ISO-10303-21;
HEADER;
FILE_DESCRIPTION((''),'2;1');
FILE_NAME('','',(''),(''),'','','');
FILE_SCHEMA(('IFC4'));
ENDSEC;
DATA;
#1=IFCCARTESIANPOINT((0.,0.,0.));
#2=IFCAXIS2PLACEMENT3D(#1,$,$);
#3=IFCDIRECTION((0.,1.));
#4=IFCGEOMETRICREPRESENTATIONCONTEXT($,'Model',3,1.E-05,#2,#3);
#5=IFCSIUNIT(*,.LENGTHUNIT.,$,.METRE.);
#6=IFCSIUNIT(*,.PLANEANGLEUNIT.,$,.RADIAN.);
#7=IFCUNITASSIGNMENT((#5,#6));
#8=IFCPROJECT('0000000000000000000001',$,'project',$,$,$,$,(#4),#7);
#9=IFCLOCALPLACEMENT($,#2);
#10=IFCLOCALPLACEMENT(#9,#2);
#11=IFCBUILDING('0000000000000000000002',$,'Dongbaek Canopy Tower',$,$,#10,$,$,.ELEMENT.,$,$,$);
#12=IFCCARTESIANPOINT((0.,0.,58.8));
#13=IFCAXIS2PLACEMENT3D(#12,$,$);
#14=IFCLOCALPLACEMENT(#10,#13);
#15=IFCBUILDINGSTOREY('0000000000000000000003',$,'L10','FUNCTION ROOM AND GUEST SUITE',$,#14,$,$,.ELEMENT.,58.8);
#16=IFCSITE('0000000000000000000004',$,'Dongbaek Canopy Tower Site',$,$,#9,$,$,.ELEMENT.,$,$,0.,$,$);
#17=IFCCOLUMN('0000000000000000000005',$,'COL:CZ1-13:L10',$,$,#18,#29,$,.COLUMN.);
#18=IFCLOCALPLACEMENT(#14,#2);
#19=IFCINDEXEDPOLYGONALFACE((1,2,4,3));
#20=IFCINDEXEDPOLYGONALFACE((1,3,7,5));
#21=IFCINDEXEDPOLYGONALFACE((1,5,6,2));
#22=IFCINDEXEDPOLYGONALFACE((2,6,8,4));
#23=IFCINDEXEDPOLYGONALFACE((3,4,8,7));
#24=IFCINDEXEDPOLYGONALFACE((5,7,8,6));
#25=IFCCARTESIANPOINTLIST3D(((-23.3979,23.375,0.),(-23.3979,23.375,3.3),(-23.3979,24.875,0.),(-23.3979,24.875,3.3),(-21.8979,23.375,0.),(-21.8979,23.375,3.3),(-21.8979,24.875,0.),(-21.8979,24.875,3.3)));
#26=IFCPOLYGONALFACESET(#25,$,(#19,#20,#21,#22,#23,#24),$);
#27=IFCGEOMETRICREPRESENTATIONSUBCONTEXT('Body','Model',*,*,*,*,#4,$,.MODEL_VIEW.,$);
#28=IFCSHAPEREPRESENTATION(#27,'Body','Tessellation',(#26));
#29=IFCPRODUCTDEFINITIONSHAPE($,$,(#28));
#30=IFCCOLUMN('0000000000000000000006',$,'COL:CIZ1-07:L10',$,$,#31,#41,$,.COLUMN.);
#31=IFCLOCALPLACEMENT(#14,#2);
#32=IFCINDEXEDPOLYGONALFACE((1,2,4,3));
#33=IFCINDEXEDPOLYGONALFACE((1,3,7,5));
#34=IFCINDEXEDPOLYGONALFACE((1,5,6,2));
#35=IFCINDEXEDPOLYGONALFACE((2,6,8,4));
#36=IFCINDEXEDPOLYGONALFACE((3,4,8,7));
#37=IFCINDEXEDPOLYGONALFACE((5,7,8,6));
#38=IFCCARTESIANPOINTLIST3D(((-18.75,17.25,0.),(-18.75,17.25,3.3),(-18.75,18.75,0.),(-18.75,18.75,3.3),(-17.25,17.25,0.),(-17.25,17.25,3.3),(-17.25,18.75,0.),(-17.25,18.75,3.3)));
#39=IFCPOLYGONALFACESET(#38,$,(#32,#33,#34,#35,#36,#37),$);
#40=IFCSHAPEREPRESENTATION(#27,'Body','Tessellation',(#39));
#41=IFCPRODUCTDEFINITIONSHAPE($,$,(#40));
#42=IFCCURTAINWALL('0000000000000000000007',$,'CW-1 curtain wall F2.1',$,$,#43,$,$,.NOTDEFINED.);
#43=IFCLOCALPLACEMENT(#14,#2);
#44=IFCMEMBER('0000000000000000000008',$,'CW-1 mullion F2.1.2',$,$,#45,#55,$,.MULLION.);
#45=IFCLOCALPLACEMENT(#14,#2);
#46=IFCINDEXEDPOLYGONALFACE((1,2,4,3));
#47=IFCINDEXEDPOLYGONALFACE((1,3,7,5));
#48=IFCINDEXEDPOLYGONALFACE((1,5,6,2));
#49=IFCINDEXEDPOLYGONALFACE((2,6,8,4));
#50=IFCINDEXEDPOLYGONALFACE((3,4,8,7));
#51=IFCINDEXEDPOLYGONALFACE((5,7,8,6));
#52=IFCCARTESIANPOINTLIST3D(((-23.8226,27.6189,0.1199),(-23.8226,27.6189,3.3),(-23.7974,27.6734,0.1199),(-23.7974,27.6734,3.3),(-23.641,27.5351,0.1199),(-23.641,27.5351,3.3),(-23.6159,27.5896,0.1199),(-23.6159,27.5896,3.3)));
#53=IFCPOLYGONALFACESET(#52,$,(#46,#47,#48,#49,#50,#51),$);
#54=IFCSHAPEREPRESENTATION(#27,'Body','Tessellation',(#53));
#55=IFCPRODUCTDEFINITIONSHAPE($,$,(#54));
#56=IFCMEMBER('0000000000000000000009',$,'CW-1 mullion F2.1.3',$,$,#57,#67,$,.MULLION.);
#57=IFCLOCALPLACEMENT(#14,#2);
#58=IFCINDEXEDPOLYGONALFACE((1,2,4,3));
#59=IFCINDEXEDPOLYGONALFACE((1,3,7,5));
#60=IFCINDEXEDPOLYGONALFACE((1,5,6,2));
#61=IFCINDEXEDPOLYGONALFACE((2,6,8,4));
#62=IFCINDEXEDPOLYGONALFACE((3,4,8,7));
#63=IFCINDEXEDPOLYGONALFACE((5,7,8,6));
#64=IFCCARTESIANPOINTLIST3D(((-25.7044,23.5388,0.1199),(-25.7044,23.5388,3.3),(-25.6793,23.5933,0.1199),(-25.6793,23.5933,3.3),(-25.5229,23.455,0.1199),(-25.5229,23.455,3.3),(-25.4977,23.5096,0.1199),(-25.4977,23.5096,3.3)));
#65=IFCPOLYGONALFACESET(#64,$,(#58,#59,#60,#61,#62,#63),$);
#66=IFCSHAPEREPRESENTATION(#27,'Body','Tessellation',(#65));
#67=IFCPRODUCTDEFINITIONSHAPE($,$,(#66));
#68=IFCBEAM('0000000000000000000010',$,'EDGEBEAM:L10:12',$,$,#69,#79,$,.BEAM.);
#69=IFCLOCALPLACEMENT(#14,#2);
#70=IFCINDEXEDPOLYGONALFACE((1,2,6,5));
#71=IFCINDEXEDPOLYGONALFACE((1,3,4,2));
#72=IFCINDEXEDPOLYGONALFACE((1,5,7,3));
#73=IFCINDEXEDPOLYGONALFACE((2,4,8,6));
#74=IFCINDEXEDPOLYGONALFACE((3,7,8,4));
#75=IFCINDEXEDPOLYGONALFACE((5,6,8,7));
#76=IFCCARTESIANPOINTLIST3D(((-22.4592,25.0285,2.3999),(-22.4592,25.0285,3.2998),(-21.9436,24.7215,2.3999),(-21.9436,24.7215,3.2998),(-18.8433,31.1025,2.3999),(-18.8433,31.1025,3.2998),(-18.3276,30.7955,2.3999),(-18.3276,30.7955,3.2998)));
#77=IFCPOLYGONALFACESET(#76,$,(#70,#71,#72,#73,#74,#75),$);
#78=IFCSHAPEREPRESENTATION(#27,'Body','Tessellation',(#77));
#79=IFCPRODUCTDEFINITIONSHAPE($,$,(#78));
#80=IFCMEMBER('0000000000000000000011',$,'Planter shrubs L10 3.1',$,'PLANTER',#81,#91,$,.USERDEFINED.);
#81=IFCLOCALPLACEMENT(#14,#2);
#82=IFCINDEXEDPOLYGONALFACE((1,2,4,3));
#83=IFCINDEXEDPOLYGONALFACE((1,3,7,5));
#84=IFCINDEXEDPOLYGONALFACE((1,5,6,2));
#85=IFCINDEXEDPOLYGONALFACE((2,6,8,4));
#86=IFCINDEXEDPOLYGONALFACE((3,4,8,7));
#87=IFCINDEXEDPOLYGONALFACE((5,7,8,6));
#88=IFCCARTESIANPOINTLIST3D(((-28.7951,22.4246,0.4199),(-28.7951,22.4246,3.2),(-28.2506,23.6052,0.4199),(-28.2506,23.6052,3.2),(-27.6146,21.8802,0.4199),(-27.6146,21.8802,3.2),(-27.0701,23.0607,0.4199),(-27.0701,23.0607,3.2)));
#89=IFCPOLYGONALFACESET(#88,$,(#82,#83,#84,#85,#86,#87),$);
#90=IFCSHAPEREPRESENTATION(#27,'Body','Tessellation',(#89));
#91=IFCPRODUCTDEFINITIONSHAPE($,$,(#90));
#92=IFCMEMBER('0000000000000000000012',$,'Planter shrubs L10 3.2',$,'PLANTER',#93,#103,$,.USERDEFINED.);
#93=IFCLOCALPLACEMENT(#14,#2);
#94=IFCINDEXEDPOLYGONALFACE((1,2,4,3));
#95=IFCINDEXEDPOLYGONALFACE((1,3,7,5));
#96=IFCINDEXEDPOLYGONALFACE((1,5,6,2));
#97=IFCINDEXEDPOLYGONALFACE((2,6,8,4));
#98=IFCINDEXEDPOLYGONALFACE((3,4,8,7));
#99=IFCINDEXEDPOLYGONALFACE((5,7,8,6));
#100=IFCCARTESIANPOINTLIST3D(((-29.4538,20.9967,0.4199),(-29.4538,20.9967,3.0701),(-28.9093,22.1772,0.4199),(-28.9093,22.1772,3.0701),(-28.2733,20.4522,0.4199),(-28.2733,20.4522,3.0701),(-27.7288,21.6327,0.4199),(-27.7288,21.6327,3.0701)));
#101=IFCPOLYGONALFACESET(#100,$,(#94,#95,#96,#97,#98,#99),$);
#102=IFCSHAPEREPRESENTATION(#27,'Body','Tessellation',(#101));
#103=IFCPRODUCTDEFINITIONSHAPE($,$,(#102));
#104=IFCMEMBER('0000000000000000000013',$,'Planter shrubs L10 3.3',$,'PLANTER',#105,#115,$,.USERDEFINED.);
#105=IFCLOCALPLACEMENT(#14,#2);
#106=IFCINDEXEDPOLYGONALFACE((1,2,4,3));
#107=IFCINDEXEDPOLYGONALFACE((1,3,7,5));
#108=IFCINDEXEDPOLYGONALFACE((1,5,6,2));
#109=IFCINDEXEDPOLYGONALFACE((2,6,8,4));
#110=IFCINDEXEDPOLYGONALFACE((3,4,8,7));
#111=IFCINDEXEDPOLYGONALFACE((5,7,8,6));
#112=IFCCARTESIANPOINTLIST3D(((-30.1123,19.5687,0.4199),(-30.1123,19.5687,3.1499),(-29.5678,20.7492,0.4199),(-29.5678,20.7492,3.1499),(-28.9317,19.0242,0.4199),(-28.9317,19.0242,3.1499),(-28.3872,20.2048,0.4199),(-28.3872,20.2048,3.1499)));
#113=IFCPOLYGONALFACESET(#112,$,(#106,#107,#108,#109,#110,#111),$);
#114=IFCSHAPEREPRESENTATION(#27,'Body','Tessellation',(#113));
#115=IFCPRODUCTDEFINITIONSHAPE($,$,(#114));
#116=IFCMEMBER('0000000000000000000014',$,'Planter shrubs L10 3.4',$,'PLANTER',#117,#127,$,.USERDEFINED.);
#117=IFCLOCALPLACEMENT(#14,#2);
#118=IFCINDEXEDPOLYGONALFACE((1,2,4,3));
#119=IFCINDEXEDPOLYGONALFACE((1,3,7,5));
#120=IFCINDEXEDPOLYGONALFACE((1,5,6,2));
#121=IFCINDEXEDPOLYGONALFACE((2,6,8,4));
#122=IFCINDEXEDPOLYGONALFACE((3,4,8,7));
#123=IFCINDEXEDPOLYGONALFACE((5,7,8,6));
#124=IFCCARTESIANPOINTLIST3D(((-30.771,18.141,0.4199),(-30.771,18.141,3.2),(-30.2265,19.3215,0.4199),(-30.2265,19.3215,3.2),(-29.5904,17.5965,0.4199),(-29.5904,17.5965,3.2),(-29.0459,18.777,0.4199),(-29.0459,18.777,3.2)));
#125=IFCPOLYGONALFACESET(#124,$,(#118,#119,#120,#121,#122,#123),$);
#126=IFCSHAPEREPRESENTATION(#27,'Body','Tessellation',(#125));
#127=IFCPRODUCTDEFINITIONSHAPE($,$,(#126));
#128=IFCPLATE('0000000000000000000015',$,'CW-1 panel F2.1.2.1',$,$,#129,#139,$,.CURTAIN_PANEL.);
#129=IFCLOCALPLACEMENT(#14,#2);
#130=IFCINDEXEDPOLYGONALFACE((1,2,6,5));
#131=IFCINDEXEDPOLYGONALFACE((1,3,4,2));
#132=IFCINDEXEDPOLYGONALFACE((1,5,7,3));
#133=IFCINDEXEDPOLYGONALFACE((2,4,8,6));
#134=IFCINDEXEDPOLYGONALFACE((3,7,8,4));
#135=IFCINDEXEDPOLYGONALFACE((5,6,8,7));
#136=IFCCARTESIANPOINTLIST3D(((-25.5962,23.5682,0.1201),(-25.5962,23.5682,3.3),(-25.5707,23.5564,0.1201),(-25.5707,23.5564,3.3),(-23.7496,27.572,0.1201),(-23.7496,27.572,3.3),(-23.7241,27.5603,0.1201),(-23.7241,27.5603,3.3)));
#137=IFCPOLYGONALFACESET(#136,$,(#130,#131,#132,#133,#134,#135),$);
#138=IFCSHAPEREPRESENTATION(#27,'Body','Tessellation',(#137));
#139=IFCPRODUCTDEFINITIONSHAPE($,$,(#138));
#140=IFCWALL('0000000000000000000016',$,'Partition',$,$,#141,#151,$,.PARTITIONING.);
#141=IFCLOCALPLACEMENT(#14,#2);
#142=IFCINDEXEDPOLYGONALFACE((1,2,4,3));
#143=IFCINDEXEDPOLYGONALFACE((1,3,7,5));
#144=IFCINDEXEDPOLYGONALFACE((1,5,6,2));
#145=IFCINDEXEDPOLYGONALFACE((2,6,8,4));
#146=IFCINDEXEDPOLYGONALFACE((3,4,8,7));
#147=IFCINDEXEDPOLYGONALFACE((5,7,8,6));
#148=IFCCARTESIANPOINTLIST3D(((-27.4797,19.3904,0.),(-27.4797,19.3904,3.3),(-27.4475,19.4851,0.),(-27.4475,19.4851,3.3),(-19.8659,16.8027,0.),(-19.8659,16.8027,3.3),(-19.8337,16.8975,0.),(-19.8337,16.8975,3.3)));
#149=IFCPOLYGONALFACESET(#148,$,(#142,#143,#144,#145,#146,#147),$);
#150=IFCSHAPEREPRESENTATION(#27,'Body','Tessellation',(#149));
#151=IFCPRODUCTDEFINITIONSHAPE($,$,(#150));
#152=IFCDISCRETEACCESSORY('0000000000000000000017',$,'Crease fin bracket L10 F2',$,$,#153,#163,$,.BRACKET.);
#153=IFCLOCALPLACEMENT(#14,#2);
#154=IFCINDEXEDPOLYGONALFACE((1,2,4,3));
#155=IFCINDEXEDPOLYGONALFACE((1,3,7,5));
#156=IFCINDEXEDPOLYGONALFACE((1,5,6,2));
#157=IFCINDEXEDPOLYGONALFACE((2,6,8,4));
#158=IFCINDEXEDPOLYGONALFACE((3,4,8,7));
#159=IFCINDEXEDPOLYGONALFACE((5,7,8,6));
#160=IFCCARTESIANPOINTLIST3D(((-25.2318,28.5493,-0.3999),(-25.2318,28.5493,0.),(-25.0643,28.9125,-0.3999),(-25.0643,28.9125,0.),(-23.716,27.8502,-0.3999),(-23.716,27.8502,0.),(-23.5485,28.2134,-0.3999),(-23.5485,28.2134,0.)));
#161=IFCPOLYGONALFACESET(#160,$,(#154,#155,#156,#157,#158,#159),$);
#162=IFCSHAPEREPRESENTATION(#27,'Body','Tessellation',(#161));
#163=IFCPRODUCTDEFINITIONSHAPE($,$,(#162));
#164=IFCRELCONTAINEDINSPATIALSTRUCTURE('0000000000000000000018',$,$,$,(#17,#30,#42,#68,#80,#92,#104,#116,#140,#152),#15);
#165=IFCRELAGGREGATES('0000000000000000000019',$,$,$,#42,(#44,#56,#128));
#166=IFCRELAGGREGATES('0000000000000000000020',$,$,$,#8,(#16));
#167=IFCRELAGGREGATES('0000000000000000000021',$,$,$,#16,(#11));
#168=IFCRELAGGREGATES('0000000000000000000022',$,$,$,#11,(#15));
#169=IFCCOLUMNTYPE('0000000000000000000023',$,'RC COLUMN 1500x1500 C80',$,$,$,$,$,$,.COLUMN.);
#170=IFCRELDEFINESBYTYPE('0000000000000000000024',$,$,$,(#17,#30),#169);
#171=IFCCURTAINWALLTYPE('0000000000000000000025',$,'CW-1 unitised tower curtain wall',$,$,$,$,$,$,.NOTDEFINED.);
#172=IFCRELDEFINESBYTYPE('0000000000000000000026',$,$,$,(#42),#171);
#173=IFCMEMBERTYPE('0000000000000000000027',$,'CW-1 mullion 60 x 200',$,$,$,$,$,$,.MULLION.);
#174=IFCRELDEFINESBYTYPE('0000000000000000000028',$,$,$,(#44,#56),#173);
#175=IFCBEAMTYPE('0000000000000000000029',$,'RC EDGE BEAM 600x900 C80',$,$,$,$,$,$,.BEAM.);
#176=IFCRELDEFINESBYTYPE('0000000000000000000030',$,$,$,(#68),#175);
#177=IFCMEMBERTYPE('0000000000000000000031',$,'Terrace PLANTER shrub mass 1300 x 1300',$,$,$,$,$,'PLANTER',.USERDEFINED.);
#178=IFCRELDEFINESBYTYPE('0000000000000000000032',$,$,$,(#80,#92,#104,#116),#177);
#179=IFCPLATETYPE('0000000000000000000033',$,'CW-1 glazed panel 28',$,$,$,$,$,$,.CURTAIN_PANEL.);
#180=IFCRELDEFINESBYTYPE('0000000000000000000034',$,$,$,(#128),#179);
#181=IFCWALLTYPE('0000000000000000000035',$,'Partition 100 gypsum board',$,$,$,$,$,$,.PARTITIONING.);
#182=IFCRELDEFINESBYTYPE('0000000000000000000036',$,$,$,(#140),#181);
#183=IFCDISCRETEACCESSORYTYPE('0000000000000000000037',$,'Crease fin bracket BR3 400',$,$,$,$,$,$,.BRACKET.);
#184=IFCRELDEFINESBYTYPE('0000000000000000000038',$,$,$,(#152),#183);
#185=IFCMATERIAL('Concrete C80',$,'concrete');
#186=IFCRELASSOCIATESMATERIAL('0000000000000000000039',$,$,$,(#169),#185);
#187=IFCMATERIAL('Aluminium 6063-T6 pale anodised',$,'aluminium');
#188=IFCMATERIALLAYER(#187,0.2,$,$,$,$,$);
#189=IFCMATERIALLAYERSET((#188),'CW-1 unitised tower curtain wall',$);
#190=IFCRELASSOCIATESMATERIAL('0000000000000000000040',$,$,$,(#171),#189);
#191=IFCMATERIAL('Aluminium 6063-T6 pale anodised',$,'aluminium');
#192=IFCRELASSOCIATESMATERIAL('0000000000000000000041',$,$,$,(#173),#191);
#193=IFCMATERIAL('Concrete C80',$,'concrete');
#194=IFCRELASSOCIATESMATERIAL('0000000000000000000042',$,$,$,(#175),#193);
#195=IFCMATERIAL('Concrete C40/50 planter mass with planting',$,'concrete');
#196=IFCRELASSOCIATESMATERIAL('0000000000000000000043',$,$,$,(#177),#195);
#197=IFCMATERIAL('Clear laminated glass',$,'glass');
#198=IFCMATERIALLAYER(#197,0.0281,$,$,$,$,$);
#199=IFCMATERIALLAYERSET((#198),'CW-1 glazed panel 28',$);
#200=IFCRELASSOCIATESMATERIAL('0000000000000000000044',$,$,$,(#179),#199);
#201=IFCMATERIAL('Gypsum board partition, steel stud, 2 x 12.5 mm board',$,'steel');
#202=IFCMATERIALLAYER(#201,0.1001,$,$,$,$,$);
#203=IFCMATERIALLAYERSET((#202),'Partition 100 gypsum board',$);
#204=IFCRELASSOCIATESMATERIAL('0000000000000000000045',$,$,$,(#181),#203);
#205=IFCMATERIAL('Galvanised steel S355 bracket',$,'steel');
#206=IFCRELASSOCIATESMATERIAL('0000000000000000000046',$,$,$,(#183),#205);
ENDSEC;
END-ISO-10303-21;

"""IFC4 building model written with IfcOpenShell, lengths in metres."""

from ifc_helpers import new_model, si_unit, direction, frame, frame_2d, origin, origin_2d, place, context, subcontext, project, spatial, rectangle, extrude, material, layer, layer_set, material_profile, profile_set, type_object, element, aggregate, save


model = new_model("IFC4")

# Units and contexts
model_context = context("Model", 3, precision=1e-05, world=origin(), true_north=direction((0.0, 1.0)))
body_context = subcontext(model_context, "Body", "Model", "MODEL_VIEW")
ifc_project = project(units=[si_unit("LENGTHUNIT", "METRE"), si_unit("PLANEANGLEUNIT", "RADIAN")], contexts=[model_context])

# Site, building, storey
site_placement = place(None, origin())
site = spatial("IfcSite", under=ifc_project, at=site_placement, Name="Dongbaek Canopy Tower Site", CompositionType="ELEMENT", RefElevation=0.0)
building_placement = place(site_placement, origin())
building = spatial("IfcBuilding", under=site, at=building_placement, Name="Dongbaek Canopy Tower", CompositionType="ELEMENT")
storey_placement = place(building_placement, frame((0.0, 0.0, 58.8)))
storey = spatial("IfcBuildingStorey", under=building, at=storey_placement, Name="L10", Description="FUNCTION ROOM AND GUEST SUITE", CompositionType="ELEMENT", Elevation=58.8)

# Columns
ifc_material_1 = material(Name="Concrete C80", Category="concrete")
ifc_material_profile_1 = material_profile(ifc_material_1, rectangle(XDim=1.5, YDim=1.5, at=origin_2d()), Name="RC COLUMN 1500x1500 C80")
ifc_profile_set_1 = profile_set([ifc_material_profile_1], Name="Concrete C80")
column_type = type_object("IfcColumnType", Name="RC COLUMN 1500x1500 C80", PredefinedType="COLUMN", material=ifc_profile_set_1)
for number, where, z_axis, x_axis, name in (
    (1, (-22.6479, 24.125, 0.0), (0.0, 0.0, 1.0), (1.0, 0.0, 0.0), "COL:CZ1-13:L10"),
    (2, (-18.0, 18.0, 0.0), (0.0, 0.0, 1.0), (1.0, 0.0, 0.0), "COL:CIZ1-07:L10"),
):
    element("IfcColumn", number, at=place(storey_placement, frame(where, z_axis=z_axis, x_axis=x_axis)), inside=storey, type_object=column_type, Name=name, PredefinedType="COLUMN", context=body_context, shape_type="SweptSolid", body=[
        extrude(rectangle(XDim=1.5, YDim=1.5, at=origin_2d()), origin(), (0.0, 0.0, 1.0), 3.3),
    ])

# Curtain wall, members
ifc_material_2 = material(Name="Aluminium 6063-T6 pale anodised", Category="aluminium")
ifc_layer_1 = layer(ifc_material_2, 0.2)
ifc_layer_set_1 = layer_set([ifc_layer_1], Name="CW-1 unitised tower curtain wall")
curtain_wall_type = type_object("IfcCurtainWallType", Name="CW-1 unitised tower curtain wall", PredefinedType="NOTDEFINED", material=ifc_layer_set_1)
curtain_wall_placement = place(storey_placement, origin())
curtain_wall = element("IfcCurtainWall", 3, at=curtain_wall_placement, inside=storey, type_object=curtain_wall_type, Name="CW-1 curtain wall F2.1", PredefinedType="NOTDEFINED")
ifc_material_3 = material(Name="Aluminium 6063-T6 pale anodised", Category="aluminium")
ifc_material_profile_2 = material_profile(ifc_material_3, rectangle(XDim=0.2, YDim=0.0601, at=origin_2d()), Name="CW-1 mullion 60 x 200")
ifc_profile_set_2 = profile_set([ifc_material_profile_2], Name="Aluminium 6063-T6 pale anodised")
member_type_1 = type_object("IfcMemberType", Name="CW-1 mullion 60 x 200", PredefinedType="MULLION", material=ifc_profile_set_2)
member_1_placement = place(storey_placement, frame((-23.7192, 27.6042, 0.1199), z_axis=(0.0, 0.0, 1.0), x_axis=(-0.908073, 0.418811, 0.0)))
member_1 = element("IfcMember", 4, at=member_1_placement, type_object=member_type_1, Name="CW-1 mullion F2.1.2", PredefinedType="MULLION", context=body_context, shape_type="SweptSolid", body=[
    extrude(rectangle(XDim=0.2, YDim=0.0601, at=origin_2d()), origin(), (0.0, 0.0, 1.0), 3.1802),
])
member_2_placement = place(storey_placement, frame((-25.6011, 23.5242, 0.1199), z_axis=(0.0, 0.0, 1.0), x_axis=(-0.908073, 0.418811, 0.0)))
member_2 = element("IfcMember", 5, at=member_2_placement, type_object=member_type_1, Name="CW-1 mullion F2.1.3", PredefinedType="MULLION", context=body_context, shape_type="SweptSolid", body=[
    extrude(rectangle(XDim=0.2, YDim=0.0601, at=origin_2d()), origin(), (0.0, 0.0, 1.0), 3.1802),
])

# Beam
ifc_material_4 = material(Name="Concrete C80", Category="concrete")
ifc_material_profile_3 = material_profile(ifc_material_4, rectangle(XDim=0.6001, YDim=0.8999, at=origin_2d()), Name="RC EDGE BEAM 600x900 C80")
ifc_profile_set_3 = profile_set([ifc_material_profile_3], Name="Concrete C80")
beam_type = type_object("IfcBeamType", Name="RC EDGE BEAM 600x900 C80", PredefinedType="BEAM", material=ifc_profile_set_3)
beam_placement = place(storey_placement, frame((-22.2014, 24.875, 2.8499), z_axis=(0.511537, 0.859261, 0.0), x_axis=(-0.859261, 0.511537, 0.0)))
element("IfcBeam", 6, at=beam_placement, inside=storey, type_object=beam_type, Name="EDGEBEAM:L10:12", PredefinedType="BEAM", context=body_context, shape_type="SweptSolid", body=[
    extrude(rectangle(XDim=0.6001, YDim=0.8999, at=origin_2d()), origin(), (0.0, 0.0, 1.0), 7.0688),
])

# Members
ifc_material_5 = material(Name="Concrete C40/50 planter mass with planting", Category="concrete")
ifc_material_profile_4 = material_profile(ifc_material_5, rectangle(XDim=1.3, YDim=1.3, at=origin_2d()), Name="Terrace PLANTER shrub mass 1300 x 1300")
ifc_profile_set_4 = profile_set([ifc_material_profile_4], Name="Concrete C40/50 planter mass with planting")
member_type_2 = type_object("IfcMemberType", Name="Terrace PLANTER shrub mass 1300 x 1300", ElementType="PLANTER", PredefinedType="USERDEFINED", material=ifc_profile_set_4)
member_3_placement = place(storey_placement, frame((-27.9326, 22.7427, 0.4199), z_axis=(0.0, 0.0, 1.0), x_axis=(-0.908073, 0.418811, 0.0)))
element("IfcMember", 7, at=member_3_placement, inside=storey, type_object=member_type_2, Name="Planter shrubs L10 3.1", ObjectType="PLANTER", PredefinedType="USERDEFINED", context=body_context, shape_type="SweptSolid", body=[
    extrude(rectangle(XDim=1.3, YDim=1.3, at=origin_2d()), origin(), (0.0, 0.0, 1.0), 2.78),
])
member_4_placement = place(storey_placement, frame((-28.5913, 21.3147, 0.4199), z_axis=(0.0, 0.0, 1.0), x_axis=(-0.908073, 0.418811, 0.0)))
element("IfcMember", 8, at=member_4_placement, inside=storey, type_object=member_type_2, Name="Planter shrubs L10 3.2", ObjectType="PLANTER", PredefinedType="USERDEFINED", context=body_context, shape_type="SweptSolid", body=[
    extrude(rectangle(XDim=1.3, YDim=1.3, at=origin_2d()), origin(), (0.0, 0.0, 1.0), 2.6501),
])
member_5_placement = place(storey_placement, frame((-29.2498, 19.8867, 0.4199), z_axis=(0.0, 0.0, 1.0), x_axis=(-0.908073, 0.418811, 0.0)))
element("IfcMember", 9, at=member_5_placement, inside=storey, type_object=member_type_2, Name="Planter shrubs L10 3.3", ObjectType="PLANTER", PredefinedType="USERDEFINED", context=body_context, shape_type="SweptSolid", body=[
    extrude(rectangle(XDim=1.3, YDim=1.3, at=origin_2d()), origin(), (0.0, 0.0, 1.0), 2.73),
])
member_6_placement = place(storey_placement, frame((-29.9084, 18.459, 0.4199), z_axis=(0.0, 0.0, 1.0), x_axis=(-0.908073, 0.418811, 0.0)))
element("IfcMember", 10, at=member_6_placement, inside=storey, type_object=member_type_2, Name="Planter shrubs L10 3.4", ObjectType="PLANTER", PredefinedType="USERDEFINED", context=body_context, shape_type="SweptSolid", body=[
    extrude(rectangle(XDim=1.3, YDim=1.3, at=origin_2d()), origin(), (0.0, 0.0, 1.0), 2.78),
])

# Plate
ifc_material_6 = material(Name="Clear laminated glass", Category="glass")
ifc_layer_2 = layer(ifc_material_6, 0.0281)
ifc_layer_set_2 = layer_set([ifc_layer_2], Name="CW-1 glazed panel 28")
plate_type = type_object("IfcPlateType", Name="CW-1 glazed panel 28", PredefinedType="CURTAIN_PANEL", material=ifc_layer_set_2)
plate_placement = place(storey_placement, frame((-24.6602, 25.5642, 0.1201), z_axis=(0.0, 0.0, 1.0), x_axis=(-0.418811, -0.908073, 0.0)))
plate = element("IfcPlate", 11, at=plate_placement, type_object=plate_type, Name="CW-1 panel F2.1.2.1", PredefinedType="CURTAIN_PANEL", context=body_context, shape_type="SweptSolid", body=[
    extrude(rectangle(XDim=4.4092, YDim=0.0281, at=origin_2d()), origin(), (0.0, 0.0, 1.0), 3.1799),
])
aggregate(curtain_wall, [member_1, member_2, plate])

# Wall
ifc_material_7 = material(Name="Gypsum board partition, steel stud, 2 x 12.5 mm board", Category="steel")
ifc_layer_3 = layer(ifc_material_7, 0.1001)
ifc_layer_set_3 = layer_set([ifc_layer_3], Name="Partition 100 gypsum board")
wall_type_1 = type_object("IfcWallType", Name="Partition 100 gypsum board", PredefinedType="PARTITIONING", material=ifc_layer_set_3)
wall_1_placement = place(storey_placement, frame((-27.4636, 19.4377, 0.0), z_axis=(0.0, 0.0, 1.0), x_axis=(0.946812, -0.321787, 0.0)))
element("IfcWall", 12, at=wall_1_placement, inside=storey, type_object=wall_type_1, Name="Partition", PredefinedType="PARTITIONING", context=body_context, shape_type="SweptSolid", body=[
    extrude(rectangle(XDim=8.0415, YDim=0.1001, at=frame_2d((4.0208, 0.0))), origin(), (0.0, 0.0, 1.0), 3.3),
])

# Discrete accessory
ifc_material_8 = material(Name="Galvanised steel S355 bracket", Category="steel")
discrete_accessory_type = type_object("IfcDiscreteAccessoryType", Name="Crease fin bracket BR3 400", PredefinedType="BRACKET", material=ifc_material_8)
discrete_accessory_placement = place(storey_placement, frame((-24.3901, 28.3813, -0.3999), z_axis=(0.0, 0.0, 1.0), x_axis=(-0.908073, 0.418812, 0.0)))
element("IfcDiscreteAccessory", 13, at=discrete_accessory_placement, inside=storey, type_object=discrete_accessory_type, Name="Crease fin bracket L10 F2", PredefinedType="BRACKET", context=body_context, shape_type="SweptSolid", body=[
    extrude(rectangle(XDim=1.6692, YDim=0.3999, at=origin_2d()), origin(), (0.0, 0.0, 1.0), 0.3999),
])

save(model, "model.ifc")
